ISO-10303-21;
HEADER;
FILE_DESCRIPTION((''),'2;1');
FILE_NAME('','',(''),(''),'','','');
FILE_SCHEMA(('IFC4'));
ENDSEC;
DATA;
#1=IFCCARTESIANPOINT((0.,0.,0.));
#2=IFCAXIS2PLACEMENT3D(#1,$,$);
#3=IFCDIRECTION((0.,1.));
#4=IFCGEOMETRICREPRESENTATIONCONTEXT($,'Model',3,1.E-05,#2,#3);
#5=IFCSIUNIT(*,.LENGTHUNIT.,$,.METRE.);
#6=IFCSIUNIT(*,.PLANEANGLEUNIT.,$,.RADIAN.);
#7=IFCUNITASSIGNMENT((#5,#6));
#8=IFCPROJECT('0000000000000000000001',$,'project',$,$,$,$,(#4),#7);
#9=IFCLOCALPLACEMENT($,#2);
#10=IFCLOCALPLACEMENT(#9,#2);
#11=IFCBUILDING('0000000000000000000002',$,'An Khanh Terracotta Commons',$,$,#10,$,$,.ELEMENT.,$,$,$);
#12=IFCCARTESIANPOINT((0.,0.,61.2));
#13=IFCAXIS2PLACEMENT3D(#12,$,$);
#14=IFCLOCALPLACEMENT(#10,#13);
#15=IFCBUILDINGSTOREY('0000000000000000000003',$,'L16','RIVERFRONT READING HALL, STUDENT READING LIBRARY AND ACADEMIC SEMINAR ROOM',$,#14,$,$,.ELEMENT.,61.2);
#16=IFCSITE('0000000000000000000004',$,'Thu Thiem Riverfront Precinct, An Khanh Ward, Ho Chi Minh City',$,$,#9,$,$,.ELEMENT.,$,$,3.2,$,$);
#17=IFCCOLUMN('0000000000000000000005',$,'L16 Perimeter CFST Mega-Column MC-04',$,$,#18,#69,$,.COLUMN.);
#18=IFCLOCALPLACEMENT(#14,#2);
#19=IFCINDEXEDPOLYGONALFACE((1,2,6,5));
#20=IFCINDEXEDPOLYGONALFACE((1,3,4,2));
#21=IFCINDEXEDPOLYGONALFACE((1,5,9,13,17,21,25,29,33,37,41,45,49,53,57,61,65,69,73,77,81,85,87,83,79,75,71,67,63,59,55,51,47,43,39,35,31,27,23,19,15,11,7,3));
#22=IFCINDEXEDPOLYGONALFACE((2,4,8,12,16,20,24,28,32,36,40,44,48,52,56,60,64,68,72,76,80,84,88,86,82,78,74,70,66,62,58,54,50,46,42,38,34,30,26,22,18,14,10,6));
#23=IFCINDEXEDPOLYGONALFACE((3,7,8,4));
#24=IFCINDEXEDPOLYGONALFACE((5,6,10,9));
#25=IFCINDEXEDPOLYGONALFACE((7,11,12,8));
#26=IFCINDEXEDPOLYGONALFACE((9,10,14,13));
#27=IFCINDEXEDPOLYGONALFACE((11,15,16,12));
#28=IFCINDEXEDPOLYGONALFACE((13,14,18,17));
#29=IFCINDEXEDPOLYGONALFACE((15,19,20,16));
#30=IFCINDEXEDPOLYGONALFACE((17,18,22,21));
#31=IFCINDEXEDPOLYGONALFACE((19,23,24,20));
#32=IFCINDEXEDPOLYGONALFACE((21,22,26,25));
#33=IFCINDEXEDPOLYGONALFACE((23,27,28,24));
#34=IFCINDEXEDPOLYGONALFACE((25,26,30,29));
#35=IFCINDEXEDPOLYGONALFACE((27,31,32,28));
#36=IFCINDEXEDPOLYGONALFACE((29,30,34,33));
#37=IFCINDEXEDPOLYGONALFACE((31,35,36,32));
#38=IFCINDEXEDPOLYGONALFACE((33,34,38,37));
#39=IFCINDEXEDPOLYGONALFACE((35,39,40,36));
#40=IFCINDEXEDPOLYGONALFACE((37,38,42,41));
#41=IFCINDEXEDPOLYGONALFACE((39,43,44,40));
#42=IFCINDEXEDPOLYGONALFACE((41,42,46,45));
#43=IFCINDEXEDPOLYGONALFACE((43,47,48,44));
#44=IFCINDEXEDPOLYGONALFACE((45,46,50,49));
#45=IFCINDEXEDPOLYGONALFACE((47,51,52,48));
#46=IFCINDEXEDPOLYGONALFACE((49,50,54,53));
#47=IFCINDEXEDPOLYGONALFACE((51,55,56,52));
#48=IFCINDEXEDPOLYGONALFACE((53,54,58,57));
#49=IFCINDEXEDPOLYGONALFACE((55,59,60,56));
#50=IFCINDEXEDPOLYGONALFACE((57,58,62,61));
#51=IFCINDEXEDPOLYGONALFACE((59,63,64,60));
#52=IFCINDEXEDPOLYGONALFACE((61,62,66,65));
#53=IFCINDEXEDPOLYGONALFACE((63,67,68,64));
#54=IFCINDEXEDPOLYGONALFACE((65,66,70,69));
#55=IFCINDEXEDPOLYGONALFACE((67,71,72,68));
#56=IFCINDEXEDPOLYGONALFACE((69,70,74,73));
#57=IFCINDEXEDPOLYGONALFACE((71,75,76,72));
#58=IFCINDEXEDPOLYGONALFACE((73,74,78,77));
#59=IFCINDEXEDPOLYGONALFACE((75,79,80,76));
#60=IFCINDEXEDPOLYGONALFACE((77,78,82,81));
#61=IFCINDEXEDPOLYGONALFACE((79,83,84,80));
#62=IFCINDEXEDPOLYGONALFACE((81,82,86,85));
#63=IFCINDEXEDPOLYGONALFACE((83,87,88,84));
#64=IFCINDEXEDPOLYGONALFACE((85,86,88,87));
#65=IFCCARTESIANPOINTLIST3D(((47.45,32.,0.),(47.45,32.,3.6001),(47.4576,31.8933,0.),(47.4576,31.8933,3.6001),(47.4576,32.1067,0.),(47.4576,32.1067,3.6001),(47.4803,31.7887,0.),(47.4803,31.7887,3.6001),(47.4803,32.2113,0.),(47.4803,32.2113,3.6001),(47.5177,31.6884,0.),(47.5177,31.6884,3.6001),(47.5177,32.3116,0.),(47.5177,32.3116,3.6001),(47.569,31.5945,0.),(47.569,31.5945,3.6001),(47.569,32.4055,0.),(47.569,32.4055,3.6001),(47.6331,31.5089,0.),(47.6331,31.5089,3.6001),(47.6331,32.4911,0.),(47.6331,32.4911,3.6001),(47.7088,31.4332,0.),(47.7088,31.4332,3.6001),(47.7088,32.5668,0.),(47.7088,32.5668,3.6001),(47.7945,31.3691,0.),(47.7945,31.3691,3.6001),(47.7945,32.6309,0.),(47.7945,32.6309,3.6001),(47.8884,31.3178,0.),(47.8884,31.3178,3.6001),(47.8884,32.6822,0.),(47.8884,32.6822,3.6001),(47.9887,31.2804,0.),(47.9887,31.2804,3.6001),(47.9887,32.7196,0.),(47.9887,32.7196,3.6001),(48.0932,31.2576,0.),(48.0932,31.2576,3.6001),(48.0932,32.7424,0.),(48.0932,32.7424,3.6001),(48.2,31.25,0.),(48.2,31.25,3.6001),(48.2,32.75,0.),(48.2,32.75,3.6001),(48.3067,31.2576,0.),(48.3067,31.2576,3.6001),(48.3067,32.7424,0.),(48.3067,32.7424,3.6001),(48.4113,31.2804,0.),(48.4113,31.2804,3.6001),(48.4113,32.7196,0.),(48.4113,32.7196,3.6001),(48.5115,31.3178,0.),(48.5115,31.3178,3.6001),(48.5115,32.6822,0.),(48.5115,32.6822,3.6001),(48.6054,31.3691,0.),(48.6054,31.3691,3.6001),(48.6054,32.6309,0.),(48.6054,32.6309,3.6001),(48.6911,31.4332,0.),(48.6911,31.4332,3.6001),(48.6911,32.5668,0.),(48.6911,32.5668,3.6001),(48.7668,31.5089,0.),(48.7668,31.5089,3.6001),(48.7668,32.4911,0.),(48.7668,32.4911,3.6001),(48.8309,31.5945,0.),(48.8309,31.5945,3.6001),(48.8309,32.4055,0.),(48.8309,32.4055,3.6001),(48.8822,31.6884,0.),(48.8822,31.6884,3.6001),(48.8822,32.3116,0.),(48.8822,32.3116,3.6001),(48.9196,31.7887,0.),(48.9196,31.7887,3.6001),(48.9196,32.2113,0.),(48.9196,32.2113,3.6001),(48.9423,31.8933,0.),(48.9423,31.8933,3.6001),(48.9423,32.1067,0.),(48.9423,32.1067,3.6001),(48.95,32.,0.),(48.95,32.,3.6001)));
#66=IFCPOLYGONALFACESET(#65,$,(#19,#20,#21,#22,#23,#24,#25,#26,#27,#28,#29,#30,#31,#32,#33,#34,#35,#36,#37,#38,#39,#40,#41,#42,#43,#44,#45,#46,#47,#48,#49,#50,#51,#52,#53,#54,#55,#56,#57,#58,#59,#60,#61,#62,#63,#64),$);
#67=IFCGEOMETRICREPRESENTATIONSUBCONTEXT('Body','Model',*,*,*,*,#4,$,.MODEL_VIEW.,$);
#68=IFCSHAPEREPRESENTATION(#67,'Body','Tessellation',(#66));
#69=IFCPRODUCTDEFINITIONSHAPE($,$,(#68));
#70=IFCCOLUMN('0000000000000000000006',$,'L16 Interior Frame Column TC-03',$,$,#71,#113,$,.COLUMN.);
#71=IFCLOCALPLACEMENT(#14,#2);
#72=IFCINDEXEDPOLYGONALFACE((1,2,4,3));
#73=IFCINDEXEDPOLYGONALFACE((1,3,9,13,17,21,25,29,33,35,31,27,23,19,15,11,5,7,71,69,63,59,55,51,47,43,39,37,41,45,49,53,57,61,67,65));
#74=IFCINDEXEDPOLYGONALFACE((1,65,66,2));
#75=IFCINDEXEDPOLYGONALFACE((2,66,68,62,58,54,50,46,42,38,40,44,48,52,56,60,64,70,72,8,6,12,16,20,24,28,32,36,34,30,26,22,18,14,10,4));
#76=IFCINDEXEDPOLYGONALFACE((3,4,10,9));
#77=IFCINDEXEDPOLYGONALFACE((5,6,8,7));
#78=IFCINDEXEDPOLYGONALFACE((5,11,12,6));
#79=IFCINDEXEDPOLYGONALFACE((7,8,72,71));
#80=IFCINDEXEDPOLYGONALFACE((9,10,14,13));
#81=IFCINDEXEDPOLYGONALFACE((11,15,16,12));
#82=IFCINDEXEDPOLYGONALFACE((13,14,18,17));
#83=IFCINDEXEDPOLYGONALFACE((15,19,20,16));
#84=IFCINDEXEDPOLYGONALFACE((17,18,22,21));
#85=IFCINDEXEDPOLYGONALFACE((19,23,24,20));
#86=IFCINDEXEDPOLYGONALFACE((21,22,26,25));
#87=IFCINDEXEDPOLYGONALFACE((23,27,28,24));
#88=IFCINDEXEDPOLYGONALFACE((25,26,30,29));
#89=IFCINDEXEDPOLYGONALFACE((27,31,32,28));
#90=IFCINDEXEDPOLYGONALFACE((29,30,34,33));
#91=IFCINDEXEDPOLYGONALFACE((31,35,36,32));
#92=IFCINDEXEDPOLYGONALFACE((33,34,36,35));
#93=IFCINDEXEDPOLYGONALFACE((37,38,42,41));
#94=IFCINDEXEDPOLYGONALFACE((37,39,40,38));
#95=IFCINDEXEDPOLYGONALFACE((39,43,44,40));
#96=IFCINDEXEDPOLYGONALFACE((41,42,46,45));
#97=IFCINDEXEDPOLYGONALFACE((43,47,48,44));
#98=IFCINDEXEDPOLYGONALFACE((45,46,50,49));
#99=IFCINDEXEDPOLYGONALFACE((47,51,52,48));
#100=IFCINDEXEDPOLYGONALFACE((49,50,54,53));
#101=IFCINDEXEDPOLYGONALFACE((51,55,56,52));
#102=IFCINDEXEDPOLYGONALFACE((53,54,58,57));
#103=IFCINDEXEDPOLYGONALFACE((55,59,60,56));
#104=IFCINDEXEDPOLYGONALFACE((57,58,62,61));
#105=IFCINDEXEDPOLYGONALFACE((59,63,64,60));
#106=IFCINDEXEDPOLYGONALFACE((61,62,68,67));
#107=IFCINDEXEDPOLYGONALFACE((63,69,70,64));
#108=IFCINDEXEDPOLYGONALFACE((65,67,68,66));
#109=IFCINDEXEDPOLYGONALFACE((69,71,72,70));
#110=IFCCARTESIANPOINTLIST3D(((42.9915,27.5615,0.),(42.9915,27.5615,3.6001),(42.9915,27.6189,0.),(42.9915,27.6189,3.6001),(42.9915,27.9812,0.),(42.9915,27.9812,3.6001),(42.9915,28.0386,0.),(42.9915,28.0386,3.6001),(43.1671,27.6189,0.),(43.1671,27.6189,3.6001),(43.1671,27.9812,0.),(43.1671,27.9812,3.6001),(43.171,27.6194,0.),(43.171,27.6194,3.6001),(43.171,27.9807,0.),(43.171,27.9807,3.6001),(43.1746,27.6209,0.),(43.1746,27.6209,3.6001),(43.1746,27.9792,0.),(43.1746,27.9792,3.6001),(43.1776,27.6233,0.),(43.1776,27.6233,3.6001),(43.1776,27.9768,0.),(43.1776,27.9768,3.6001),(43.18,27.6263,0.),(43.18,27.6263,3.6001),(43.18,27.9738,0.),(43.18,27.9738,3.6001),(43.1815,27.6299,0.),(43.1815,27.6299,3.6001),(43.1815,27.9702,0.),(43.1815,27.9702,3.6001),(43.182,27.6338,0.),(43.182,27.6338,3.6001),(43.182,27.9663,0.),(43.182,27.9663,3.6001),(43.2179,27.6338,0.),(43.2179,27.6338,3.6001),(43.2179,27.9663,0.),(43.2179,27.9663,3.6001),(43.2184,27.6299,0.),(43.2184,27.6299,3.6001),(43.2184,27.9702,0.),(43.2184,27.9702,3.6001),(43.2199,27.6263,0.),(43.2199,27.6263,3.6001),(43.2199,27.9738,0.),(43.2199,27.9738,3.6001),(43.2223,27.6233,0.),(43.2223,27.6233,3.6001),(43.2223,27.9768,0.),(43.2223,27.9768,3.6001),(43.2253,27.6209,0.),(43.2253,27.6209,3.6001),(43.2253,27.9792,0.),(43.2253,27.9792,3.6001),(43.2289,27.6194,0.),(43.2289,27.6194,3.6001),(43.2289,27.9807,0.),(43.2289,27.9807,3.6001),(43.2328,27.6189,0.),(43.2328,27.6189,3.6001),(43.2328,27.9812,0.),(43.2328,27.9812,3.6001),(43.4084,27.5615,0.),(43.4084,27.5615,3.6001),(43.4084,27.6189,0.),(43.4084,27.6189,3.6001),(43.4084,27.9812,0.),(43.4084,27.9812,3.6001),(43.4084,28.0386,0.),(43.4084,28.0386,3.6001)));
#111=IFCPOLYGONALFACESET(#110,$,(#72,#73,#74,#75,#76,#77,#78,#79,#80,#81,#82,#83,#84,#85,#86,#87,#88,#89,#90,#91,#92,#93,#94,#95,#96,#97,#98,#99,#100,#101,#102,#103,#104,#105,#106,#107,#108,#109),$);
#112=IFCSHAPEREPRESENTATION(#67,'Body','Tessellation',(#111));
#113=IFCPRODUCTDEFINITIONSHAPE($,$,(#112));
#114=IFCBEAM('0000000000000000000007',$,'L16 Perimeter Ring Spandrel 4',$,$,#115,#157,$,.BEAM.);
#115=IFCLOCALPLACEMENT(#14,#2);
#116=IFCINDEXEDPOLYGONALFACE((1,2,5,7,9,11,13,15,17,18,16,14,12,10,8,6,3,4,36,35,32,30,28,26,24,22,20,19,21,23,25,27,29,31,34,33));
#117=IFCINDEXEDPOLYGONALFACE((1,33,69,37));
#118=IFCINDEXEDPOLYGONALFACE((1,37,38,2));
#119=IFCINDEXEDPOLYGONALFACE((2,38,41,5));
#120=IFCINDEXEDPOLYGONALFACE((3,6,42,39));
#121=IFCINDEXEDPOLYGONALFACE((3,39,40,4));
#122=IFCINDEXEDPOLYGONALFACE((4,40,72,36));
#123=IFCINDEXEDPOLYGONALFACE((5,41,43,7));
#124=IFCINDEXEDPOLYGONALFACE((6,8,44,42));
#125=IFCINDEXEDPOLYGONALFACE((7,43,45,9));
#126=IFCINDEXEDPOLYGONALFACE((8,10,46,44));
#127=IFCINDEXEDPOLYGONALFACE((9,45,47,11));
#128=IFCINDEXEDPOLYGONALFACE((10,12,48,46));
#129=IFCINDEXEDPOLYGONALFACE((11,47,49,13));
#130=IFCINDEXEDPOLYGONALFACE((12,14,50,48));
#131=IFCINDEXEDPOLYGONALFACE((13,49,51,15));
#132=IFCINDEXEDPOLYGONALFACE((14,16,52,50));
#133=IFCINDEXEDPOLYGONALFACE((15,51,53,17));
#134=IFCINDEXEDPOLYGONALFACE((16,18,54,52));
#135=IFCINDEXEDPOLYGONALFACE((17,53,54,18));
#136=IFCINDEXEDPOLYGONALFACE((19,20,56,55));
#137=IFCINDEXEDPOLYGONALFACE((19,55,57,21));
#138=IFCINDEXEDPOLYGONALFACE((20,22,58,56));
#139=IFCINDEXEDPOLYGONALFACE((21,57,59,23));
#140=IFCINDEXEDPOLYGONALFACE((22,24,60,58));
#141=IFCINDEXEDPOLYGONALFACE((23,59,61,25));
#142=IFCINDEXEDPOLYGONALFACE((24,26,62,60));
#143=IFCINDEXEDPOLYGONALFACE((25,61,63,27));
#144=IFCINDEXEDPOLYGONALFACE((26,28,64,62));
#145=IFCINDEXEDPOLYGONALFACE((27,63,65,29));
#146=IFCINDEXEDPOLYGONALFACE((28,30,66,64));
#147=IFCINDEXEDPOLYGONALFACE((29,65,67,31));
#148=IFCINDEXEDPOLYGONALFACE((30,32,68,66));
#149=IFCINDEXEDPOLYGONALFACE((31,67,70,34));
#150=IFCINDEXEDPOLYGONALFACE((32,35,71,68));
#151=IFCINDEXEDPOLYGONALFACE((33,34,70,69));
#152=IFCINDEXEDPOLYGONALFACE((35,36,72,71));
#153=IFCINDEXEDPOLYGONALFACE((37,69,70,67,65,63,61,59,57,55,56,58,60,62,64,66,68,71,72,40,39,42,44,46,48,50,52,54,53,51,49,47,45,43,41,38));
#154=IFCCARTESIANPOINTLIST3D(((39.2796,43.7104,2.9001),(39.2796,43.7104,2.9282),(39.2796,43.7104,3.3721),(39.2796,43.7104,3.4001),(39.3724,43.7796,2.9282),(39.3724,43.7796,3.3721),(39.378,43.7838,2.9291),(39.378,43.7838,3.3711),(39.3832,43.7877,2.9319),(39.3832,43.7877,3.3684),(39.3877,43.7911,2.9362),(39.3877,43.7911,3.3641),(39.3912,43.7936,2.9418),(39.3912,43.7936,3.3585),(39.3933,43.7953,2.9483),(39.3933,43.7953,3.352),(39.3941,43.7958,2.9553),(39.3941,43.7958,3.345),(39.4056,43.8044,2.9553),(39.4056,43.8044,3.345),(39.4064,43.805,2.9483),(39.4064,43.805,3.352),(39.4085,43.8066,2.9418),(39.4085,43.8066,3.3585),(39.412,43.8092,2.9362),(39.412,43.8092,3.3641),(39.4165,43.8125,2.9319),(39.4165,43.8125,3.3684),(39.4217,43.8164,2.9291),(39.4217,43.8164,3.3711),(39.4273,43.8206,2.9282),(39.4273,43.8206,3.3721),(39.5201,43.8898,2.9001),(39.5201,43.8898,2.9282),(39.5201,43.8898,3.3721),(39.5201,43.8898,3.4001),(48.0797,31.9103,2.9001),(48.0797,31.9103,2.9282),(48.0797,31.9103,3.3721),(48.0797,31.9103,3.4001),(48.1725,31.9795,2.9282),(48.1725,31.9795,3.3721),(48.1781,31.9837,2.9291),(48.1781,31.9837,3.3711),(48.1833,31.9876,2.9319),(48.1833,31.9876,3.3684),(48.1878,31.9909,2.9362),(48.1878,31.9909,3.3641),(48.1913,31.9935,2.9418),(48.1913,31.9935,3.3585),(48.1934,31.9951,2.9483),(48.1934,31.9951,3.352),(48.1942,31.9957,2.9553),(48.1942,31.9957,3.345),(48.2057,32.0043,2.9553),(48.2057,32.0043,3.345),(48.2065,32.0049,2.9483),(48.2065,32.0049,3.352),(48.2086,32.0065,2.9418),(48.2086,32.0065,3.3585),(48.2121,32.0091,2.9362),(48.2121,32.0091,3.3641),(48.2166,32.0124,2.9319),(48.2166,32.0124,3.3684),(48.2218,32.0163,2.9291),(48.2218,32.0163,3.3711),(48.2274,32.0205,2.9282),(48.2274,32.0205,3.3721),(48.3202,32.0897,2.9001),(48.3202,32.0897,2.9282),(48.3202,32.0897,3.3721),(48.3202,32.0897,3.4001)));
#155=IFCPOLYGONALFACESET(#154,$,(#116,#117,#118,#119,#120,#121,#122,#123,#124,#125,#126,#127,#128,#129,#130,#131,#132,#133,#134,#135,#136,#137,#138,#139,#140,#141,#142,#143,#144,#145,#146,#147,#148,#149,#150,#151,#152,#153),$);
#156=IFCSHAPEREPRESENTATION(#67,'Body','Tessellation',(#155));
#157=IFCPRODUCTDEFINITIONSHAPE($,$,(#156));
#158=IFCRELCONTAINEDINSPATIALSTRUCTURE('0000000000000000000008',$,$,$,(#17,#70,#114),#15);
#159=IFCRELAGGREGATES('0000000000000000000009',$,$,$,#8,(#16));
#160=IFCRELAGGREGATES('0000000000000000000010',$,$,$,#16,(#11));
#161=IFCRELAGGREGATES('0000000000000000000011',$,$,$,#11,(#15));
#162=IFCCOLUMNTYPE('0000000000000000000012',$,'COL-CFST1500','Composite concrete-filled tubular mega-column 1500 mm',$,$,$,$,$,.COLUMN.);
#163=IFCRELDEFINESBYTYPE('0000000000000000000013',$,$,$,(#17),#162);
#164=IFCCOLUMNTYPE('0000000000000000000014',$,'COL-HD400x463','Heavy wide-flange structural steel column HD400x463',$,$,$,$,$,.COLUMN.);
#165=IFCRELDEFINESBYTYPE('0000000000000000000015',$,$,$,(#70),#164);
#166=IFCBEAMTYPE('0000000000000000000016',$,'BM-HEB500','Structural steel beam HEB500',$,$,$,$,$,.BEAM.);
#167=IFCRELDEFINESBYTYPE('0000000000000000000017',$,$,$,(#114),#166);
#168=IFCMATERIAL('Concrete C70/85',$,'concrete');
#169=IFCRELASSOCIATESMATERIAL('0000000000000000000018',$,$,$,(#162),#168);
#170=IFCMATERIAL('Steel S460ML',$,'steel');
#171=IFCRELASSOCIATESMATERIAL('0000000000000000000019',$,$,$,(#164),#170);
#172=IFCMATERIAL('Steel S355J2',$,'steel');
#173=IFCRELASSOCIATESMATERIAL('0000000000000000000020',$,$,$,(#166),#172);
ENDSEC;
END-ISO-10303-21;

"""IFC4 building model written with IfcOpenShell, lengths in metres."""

from ifc_helpers import new_model, si_unit, direction, frame, origin, origin_2d, place, context, subcontext, project, spatial, circle, i_section, extrude, material, material_profile, profile_set, type_object, element, save


model = new_model("IFC4")

# Units and contexts
model_context = context("Model", 3, precision=1e-05, world=origin(), true_north=direction((0.0, 1.0)))
body_context = subcontext(model_context, "Body", "Model", "MODEL_VIEW")
ifc_project = project(units=[si_unit("LENGTHUNIT", "METRE"), si_unit("PLANEANGLEUNIT", "RADIAN")], contexts=[model_context])

# Site, building, storey
site_placement = place(None, origin())
site = spatial("IfcSite", under=ifc_project, at=site_placement, Name="Thu Thiem Riverfront Precinct, An Khanh Ward, Ho Chi Minh City", CompositionType="ELEMENT", RefElevation=3.2)
building_placement = place(site_placement, origin())
building = spatial("IfcBuilding", under=site, at=building_placement, Name="An Khanh Terracotta Commons", CompositionType="ELEMENT")
storey_placement = place(building_placement, frame((0.0, 0.0, 61.2)))
storey = spatial("IfcBuildingStorey", under=building, at=storey_placement, Name="L16", Description="RIVERFRONT READING HALL, STUDENT READING LIBRARY AND ACADEMIC SEMINAR ROOM", CompositionType="ELEMENT", Elevation=61.2)

# Columns
ifc_material_1 = material(Name="Concrete C70/85", Category="concrete")
ifc_material_profile_1 = material_profile(ifc_material_1, circle(Radius=0.75, at=origin_2d()), Name="CFST1500")
ifc_profile_set_1 = profile_set([ifc_material_profile_1], Name="Concrete C70/85")
column_type_1 = type_object("IfcColumnType", Name="COL-CFST1500", Description="Composite concrete-filled tubular mega-column 1500 mm", PredefinedType="COLUMN", material=ifc_profile_set_1)
column_1_placement = place(storey_placement, frame((48.2, 32.0, 0.0), z_axis=(0.0, 0.0, 1.0), x_axis=(1.0, 0.0, 0.0)))
element("IfcColumn", 1, at=column_1_placement, inside=storey, type_object=column_type_1, Name="L16 Perimeter CFST Mega-Column MC-04", PredefinedType="COLUMN", context=body_context, shape_type="SweptSolid", body=[
    extrude(circle(Radius=0.75, at=origin_2d()), origin(), (0.0, 0.0, 1.0), 3.6001),
])
ifc_material_2 = material(Name="Steel S460ML", Category="steel")
ifc_material_profile_2 = material_profile(ifc_material_2, i_section(OverallWidth=0.417, OverallDepth=0.4771, WebThickness=0.0359, FlangeThickness=0.0574, FilletRadius=0.0149, at=origin_2d()), Name="HD400x463")
ifc_profile_set_2 = profile_set([ifc_material_profile_2], Name="Steel S460ML")
column_type_2 = type_object("IfcColumnType", Name="COL-HD400x463", Description="Heavy wide-flange structural steel column HD400x463", PredefinedType="COLUMN", material=ifc_profile_set_2)
column_2_placement = place(storey_placement, frame((43.2, 27.8, 0.0), z_axis=(0.0, 0.0, 1.0), x_axis=(1.0, 0.0, 0.0)))
element("IfcColumn", 2, at=column_2_placement, inside=storey, type_object=column_type_2, Name="L16 Interior Frame Column TC-03", PredefinedType="COLUMN", context=body_context, shape_type="SweptSolid", body=[
    extrude(i_section(OverallWidth=0.417, OverallDepth=0.4771, WebThickness=0.0359, FlangeThickness=0.0574, FilletRadius=0.0149, at=origin_2d()), origin(), (0.0, 0.0, 1.0), 3.6001),
])

# Beam
ifc_material_3 = material(Name="Steel S355J2", Category="steel")
ifc_material_profile_3 = material_profile(ifc_material_3, i_section(OverallWidth=0.3, OverallDepth=0.5, WebThickness=0.0144, FlangeThickness=0.0281, FilletRadius=0.0271, at=origin_2d()), Name="HEB500")
ifc_profile_set_3 = profile_set([ifc_material_profile_3], Name="Steel S355J2")
beam_type_1 = type_object("IfcBeamType", Name="BM-HEB500", Description="Structural steel beam HEB500", PredefinedType="BEAM", material=ifc_profile_set_3)
beam_1_placement = place(storey_placement, frame((48.2, 32.0, 3.1501), z_axis=(-0.597824, 0.801627, 0.0), x_axis=(-0.801627, -0.597824, 0.0)))
element("IfcBeam", 3, at=beam_1_placement, inside=storey, type_object=beam_type_1, Name="L16 Perimeter Ring Spandrel 4", PredefinedType="BEAM", context=body_context, shape_type="SweptSolid", body=[
    extrude(i_section(OverallWidth=0.3, OverallDepth=0.5, WebThickness=0.0144, FlangeThickness=0.0281, FilletRadius=0.0271, at=origin_2d()), origin(), (0.0, 0.0, 1.0), 14.7202),
])

save(model, "model.ifc")
